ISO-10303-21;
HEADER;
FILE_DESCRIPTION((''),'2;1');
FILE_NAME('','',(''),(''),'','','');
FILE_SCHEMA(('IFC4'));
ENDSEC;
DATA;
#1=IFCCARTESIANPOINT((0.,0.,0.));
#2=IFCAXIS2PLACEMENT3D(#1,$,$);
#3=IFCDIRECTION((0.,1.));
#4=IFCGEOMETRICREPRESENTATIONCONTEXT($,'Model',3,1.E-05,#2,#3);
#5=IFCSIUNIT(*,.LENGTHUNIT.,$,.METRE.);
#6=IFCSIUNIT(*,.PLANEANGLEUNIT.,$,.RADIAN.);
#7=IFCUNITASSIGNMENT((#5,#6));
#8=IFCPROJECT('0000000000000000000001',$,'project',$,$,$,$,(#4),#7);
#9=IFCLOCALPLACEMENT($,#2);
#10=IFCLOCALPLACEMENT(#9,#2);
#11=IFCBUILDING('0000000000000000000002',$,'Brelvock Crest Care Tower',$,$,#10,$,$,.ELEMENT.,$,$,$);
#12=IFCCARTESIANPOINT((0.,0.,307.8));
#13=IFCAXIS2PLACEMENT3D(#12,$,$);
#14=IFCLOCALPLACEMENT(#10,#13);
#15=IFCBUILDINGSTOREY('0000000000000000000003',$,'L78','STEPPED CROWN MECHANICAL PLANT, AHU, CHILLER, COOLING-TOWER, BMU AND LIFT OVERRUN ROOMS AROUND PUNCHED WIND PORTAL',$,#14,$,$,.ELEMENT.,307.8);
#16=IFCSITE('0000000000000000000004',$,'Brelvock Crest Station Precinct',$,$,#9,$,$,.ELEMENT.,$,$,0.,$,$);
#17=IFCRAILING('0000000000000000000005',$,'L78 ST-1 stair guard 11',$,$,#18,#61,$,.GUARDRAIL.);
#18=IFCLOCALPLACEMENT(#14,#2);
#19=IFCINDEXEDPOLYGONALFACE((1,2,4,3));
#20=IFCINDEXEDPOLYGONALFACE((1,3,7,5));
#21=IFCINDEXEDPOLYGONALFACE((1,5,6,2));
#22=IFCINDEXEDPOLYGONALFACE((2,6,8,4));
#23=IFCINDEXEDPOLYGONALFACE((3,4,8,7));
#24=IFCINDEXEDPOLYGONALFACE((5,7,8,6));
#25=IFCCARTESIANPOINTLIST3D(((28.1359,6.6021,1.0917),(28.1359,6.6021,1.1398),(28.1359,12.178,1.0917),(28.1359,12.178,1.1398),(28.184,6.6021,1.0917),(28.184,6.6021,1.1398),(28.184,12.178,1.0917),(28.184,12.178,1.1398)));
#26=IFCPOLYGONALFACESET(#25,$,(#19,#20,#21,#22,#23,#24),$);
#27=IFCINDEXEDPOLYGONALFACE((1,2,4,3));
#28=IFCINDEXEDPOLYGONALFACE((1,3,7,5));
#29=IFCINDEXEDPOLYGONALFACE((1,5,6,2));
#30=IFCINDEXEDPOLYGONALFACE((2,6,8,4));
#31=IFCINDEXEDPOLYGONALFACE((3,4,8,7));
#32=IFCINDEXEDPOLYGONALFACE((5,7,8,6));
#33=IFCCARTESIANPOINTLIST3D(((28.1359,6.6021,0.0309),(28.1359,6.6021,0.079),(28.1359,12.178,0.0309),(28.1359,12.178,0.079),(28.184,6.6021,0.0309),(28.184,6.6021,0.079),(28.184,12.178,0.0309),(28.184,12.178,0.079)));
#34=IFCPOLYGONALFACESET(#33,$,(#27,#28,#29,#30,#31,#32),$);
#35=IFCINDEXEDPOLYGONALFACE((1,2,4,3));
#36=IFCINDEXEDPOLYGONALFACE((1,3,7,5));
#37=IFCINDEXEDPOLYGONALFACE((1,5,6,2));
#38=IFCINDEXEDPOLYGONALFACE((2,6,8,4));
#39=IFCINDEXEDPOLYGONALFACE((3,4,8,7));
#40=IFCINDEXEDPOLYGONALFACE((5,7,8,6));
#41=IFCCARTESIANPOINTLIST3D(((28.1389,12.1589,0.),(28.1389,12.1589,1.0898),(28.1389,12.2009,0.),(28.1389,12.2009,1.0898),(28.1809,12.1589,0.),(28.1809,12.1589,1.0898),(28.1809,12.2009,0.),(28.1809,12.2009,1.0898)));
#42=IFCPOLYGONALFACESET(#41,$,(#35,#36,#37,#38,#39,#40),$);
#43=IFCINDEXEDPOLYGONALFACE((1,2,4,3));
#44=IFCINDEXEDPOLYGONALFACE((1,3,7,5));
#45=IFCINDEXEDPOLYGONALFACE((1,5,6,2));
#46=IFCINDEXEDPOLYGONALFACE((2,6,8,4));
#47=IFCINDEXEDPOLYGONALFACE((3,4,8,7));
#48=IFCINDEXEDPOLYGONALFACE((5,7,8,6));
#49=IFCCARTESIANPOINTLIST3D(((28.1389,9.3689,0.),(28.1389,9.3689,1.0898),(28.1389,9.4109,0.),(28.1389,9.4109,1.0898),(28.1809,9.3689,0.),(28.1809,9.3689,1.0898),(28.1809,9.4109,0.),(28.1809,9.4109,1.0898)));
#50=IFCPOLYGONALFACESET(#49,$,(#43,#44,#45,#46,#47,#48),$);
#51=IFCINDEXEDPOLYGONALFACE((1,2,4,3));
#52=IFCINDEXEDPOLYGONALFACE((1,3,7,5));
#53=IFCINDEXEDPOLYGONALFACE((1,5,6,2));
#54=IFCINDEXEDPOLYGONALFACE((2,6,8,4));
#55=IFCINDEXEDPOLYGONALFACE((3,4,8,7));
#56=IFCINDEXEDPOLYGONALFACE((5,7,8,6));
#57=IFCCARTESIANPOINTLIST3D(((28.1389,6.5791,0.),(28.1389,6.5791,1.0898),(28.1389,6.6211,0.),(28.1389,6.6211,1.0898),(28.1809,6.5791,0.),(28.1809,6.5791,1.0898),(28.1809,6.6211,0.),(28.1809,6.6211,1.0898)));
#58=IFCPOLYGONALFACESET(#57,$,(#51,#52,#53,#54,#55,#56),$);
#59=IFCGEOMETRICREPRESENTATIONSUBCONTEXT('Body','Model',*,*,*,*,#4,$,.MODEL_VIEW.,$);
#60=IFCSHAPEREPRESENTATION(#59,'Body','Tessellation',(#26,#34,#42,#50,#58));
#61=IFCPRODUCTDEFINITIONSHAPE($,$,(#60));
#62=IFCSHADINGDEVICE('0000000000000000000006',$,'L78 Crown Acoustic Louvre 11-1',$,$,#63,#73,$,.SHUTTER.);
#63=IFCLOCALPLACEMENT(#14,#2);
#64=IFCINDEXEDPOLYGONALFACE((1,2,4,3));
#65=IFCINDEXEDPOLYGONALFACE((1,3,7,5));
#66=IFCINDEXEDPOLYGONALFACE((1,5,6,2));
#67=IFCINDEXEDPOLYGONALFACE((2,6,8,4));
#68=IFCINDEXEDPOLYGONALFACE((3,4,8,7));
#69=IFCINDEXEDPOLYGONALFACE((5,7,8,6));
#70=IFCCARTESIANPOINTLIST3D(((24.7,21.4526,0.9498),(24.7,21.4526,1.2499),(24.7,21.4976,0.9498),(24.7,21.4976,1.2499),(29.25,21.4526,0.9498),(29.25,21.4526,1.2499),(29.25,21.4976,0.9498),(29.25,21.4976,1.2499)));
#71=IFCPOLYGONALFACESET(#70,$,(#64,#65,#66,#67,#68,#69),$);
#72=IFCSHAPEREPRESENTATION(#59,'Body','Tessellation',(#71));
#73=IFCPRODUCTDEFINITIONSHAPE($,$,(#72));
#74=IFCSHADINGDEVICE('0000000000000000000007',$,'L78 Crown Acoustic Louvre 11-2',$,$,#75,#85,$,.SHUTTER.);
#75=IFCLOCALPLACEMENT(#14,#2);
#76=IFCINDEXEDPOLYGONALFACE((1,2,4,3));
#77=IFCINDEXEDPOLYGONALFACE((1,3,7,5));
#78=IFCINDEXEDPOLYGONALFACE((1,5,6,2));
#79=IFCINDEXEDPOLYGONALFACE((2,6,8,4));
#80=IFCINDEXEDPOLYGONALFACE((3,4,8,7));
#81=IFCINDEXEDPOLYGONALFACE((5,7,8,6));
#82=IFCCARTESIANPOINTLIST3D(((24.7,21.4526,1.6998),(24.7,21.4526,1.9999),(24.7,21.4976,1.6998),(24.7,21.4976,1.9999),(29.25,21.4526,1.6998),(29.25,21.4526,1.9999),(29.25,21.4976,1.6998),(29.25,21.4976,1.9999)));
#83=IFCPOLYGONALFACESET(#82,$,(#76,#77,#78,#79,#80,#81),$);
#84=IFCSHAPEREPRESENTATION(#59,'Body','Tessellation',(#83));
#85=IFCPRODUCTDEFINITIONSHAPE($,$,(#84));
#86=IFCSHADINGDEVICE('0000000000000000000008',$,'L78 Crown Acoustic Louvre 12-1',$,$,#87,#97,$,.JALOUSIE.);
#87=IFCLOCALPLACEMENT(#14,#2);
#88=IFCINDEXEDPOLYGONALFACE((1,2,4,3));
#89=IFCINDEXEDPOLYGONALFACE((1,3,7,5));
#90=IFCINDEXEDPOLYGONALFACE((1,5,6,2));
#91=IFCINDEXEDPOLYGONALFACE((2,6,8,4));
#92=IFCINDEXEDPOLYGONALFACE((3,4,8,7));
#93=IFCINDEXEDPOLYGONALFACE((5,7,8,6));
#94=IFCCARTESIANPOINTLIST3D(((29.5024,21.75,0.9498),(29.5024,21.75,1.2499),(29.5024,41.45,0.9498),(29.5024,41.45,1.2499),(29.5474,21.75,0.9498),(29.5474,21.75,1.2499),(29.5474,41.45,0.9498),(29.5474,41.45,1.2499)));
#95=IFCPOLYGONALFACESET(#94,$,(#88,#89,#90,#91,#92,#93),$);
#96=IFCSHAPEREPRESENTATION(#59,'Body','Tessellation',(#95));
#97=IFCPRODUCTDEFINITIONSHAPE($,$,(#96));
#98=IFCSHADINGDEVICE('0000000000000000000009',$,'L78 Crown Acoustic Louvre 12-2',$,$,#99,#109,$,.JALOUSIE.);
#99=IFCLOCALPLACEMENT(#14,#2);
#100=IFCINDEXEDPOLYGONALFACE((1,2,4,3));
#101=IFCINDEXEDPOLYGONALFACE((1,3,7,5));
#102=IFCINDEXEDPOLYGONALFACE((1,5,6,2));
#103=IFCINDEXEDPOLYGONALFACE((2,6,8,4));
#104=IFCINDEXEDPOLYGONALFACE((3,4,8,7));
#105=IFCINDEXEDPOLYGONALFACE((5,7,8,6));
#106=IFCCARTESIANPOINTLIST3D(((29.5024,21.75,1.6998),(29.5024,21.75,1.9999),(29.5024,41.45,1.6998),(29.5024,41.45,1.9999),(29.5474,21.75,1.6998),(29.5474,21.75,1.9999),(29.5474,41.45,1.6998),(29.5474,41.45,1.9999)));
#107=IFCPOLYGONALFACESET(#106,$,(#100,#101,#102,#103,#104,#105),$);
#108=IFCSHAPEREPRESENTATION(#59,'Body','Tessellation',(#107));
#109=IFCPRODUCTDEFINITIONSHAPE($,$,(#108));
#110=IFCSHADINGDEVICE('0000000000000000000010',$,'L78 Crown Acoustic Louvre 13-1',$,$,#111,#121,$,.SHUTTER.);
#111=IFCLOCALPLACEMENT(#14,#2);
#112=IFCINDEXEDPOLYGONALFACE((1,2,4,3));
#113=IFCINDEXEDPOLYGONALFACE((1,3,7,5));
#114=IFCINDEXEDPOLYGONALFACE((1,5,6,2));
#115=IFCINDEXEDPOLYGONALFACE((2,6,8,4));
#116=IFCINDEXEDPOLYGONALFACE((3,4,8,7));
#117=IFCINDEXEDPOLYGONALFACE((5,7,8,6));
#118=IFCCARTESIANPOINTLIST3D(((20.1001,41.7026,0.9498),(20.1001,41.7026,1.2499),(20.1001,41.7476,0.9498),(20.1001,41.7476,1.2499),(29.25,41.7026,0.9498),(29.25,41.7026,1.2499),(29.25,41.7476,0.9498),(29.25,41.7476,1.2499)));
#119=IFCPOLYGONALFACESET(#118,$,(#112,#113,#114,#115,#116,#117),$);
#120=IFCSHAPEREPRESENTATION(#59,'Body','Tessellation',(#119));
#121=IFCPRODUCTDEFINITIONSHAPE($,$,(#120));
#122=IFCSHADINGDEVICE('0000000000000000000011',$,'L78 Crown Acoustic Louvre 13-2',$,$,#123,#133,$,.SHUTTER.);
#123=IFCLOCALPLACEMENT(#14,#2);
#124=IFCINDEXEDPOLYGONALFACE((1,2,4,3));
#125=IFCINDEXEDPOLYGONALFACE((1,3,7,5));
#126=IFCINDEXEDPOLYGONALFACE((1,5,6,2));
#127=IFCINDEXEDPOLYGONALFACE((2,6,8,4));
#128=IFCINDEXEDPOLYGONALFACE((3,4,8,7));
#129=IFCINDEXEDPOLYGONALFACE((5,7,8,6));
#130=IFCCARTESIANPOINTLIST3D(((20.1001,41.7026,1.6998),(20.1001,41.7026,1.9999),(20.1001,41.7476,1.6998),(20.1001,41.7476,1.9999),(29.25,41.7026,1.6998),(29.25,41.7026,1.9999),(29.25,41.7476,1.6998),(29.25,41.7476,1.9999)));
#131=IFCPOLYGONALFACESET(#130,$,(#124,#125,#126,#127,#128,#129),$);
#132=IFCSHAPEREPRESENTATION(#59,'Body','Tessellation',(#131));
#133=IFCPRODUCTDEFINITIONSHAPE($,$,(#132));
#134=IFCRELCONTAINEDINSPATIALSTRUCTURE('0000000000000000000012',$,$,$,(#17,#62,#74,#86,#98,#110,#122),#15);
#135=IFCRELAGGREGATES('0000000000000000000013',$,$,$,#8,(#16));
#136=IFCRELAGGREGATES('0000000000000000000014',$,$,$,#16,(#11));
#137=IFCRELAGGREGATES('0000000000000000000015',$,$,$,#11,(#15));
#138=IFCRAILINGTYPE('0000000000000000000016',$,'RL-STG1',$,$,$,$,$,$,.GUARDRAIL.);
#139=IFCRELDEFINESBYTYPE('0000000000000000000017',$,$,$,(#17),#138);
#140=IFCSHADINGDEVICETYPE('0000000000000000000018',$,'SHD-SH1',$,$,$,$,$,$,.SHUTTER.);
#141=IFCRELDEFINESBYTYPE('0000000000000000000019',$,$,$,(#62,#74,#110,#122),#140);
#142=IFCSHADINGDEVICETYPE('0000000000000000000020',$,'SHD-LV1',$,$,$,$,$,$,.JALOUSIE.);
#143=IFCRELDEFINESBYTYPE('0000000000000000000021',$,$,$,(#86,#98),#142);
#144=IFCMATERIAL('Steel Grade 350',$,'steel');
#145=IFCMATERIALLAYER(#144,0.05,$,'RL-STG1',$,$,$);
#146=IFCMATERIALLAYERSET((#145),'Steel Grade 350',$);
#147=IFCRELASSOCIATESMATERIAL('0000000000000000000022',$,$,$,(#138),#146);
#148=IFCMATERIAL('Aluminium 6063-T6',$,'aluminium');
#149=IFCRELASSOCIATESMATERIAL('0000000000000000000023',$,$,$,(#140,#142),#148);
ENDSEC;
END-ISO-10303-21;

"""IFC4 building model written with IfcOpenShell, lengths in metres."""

from ifc_helpers import new_model, si_unit, direction, frame, origin, origin_2d, place, context, subcontext, project, spatial, rectangle, extrude, source, transform, mapped, material, layer, layer_set, material_profile, profile_set, type_object, element, save


model = new_model("IFC4")

# Units and contexts
model_context = context("Model", 3, precision=1e-05, world=origin(), true_north=direction((0.0, 1.0)))
body_context = subcontext(model_context, "Body", "Model", "MODEL_VIEW")
ifc_project = project(units=[si_unit("LENGTHUNIT", "METRE"), si_unit("PLANEANGLEUNIT", "RADIAN")], contexts=[model_context])

# Site, building, storey
site_placement = place(None, origin())
site = spatial("IfcSite", under=ifc_project, at=site_placement, Name="Brelvock Crest Station Precinct", CompositionType="ELEMENT", RefElevation=0.0)
building_placement = place(site_placement, origin())
building = spatial("IfcBuilding", under=site, at=building_placement, Name="Brelvock Crest Care Tower", CompositionType="ELEMENT")
storey_placement = place(building_placement, frame((0.0, 0.0, 307.8)))
storey = spatial("IfcBuildingStorey", under=building, at=storey_placement, Name="L78", Description="STEPPED CROWN MECHANICAL PLANT, AHU, CHILLER, COOLING-TOWER, BMU AND LIFT OVERRUN ROOMS AROUND PUNCHED WIND PORTAL", CompositionType="ELEMENT", Elevation=307.8)

# Shared definitions
ifc_material_1 = material(Name="Steel Grade 350", Category="steel")

# Railing
ifc_layer_1 = layer(ifc_material_1, 0.05, Name="RL-STG1")
ifc_layer_set_1 = layer_set([ifc_layer_1], Name="Steel Grade 350")
railing_type_1 = type_object("IfcRailingType", Name="RL-STG1", PredefinedType="GUARDRAIL", material=ifc_layer_set_1)
for number, where, name in (
    (1, (28.1599, 12.1799, 0.0), "L78 ST-1 stair guard 11"),
):
    element("IfcRailing", number, at=place(storey_placement, frame(where)), inside=storey, type_object=railing_type_1, Name=name, PredefinedType="GUARDRAIL", context=body_context, shape_type="SweptSolid", body=[
        extrude(rectangle(XDim=0.0481, YDim=0.0481, at=origin_2d()), frame((0.0, -0.002, 1.1157), z_axis=(0.0, -1.0, 0.0), x_axis=(1.0, 0.0, 0.0)), (0.0, 0.0, 1.0), 5.5759),
        extrude(rectangle(XDim=0.0481, YDim=0.0481, at=origin_2d()), frame((0.0, -0.002, 0.0549), z_axis=(0.0, -1.0, 0.0), x_axis=(1.0, 0.0, 0.0)), (0.0, 0.0, 1.0), 5.5759),
        extrude(rectangle(XDim=0.042, YDim=0.042, at=origin_2d()), origin(), (0.0, 0.0, 1.0), 1.0898),
        extrude(rectangle(XDim=0.042, YDim=0.042, at=origin_2d()), frame((0.0, -2.79, 0.0)), (0.0, 0.0, 1.0), 1.0898),
        extrude(rectangle(XDim=0.042, YDim=0.042, at=origin_2d()), frame((0.0, -5.5798, 0.0)), (0.0, 0.0, 1.0), 1.0898),
    ])

# Shading devices
ifc_material_2 = material(Name="Aluminium 6063-T6", Category="aluminium")
ifc_material_profile_1 = material_profile(ifc_material_2, rectangle(XDim=0.0449, YDim=0.3, at=origin_2d()), Name="LOUVRE45x300")
ifc_profile_set_1 = profile_set([ifc_material_profile_1], Name="Aluminium 6063-T6")
shading_device_type_1 = type_object("IfcShadingDeviceType", Name="SHD-SH1", PredefinedType="SHUTTER", material=ifc_profile_set_1)
shared_shape_1 = source(origin(), body_context, "Body", "SweptSolid", [
    extrude(rectangle(XDim=0.0449, YDim=0.3, at=origin_2d()), origin(), (0.0, 0.0, 1.0), 4.55),
])
for number, where, z_axis, x_axis, name in (
    (2, (24.7, 21.4751, 1.0999), (1.0, 0.0, 0.0), (0.0, 1.0, 0.0), "L78 Crown Acoustic Louvre 11-1"),
    (3, (24.7, 21.4751, 1.8499), (1.0, 0.0, 0.0), (0.0, 1.0, 0.0), "L78 Crown Acoustic Louvre 11-2"),
):
    element("IfcShadingDevice", number, at=place(storey_placement, frame(where, z_axis=z_axis, x_axis=x_axis)), inside=storey, type_object=shading_device_type_1, Name=name, PredefinedType="SHUTTER", context=body_context, shape_type="MappedRepresentation", body=[
        mapped(shared_shape_1, transform((0.0, 0.0, 0.0), x_axis=(1.0, 0.0, 0.0), y_axis=(0.0, 1.0, 0.0), z_axis=(0.0, 0.0, 1.0), scale=1.0)),
    ])
ifc_material_profile_2 = material_profile(ifc_material_2, rectangle(XDim=0.0449, YDim=0.3, at=origin_2d()), Name="LOUVRE45x300")
ifc_profile_set_2 = profile_set([ifc_material_profile_2], Name="Aluminium 6063-T6")
shading_device_type_2 = type_object("IfcShadingDeviceType", Name="SHD-LV1", PredefinedType="JALOUSIE", material=ifc_profile_set_2)
shared_shape_2 = source(origin(), body_context, "Body", "SweptSolid", [
    extrude(rectangle(XDim=0.0449, YDim=0.3, at=origin_2d()), origin(), (0.0, 0.0, 1.0), 19.7),
])
for number, where, z_axis, x_axis, name in (
    (4, (29.5249, 21.75, 1.0999), (0.0, 1.0, 0.0), (-1.0, 0.0, 0.0), "L78 Crown Acoustic Louvre 12-1"),
    (5, (29.5249, 21.75, 1.8499), (0.0, 1.0, 0.0), (-1.0, 0.0, 0.0), "L78 Crown Acoustic Louvre 12-2"),
):
    element("IfcShadingDevice", number, at=place(storey_placement, frame(where, z_axis=z_axis, x_axis=x_axis)), inside=storey, type_object=shading_device_type_2, Name=name, PredefinedType="JALOUSIE", context=body_context, shape_type="MappedRepresentation", body=[
        mapped(shared_shape_2, transform((0.0, 0.0, 0.0), x_axis=(1.0, 0.0, 0.0), y_axis=(0.0, 1.0, 0.0), z_axis=(0.0, 0.0, 1.0), scale=1.0)),
    ])
shared_shape_3 = source(origin(), body_context, "Body", "SweptSolid", [
    extrude(rectangle(XDim=0.0449, YDim=0.3, at=origin_2d()), origin(), (0.0, 0.0, 1.0), 9.1499),
])
for number, where, z_axis, x_axis, name in (
    (6, (29.25, 41.7251, 1.0999), (-1.0, 0.0, 0.0), (0.0, -1.0, 0.0), "L78 Crown Acoustic Louvre 13-1"),
    (7, (29.25, 41.7251, 1.8499), (-1.0, 0.0, 0.0), (0.0, -1.0, 0.0), "L78 Crown Acoustic Louvre 13-2"),
):
    element("IfcShadingDevice", number, at=place(storey_placement, frame(where, z_axis=z_axis, x_axis=x_axis)), inside=storey, type_object=shading_device_type_1, Name=name, PredefinedType="SHUTTER", context=body_context, shape_type="MappedRepresentation", body=[
        mapped(shared_shape_3, transform((0.0, 0.0, 0.0), x_axis=(1.0, 0.0, 0.0), y_axis=(0.0, 1.0, 0.0), z_axis=(0.0, 0.0, 1.0), scale=1.0)),
    ])

save(model, "model.ifc")
